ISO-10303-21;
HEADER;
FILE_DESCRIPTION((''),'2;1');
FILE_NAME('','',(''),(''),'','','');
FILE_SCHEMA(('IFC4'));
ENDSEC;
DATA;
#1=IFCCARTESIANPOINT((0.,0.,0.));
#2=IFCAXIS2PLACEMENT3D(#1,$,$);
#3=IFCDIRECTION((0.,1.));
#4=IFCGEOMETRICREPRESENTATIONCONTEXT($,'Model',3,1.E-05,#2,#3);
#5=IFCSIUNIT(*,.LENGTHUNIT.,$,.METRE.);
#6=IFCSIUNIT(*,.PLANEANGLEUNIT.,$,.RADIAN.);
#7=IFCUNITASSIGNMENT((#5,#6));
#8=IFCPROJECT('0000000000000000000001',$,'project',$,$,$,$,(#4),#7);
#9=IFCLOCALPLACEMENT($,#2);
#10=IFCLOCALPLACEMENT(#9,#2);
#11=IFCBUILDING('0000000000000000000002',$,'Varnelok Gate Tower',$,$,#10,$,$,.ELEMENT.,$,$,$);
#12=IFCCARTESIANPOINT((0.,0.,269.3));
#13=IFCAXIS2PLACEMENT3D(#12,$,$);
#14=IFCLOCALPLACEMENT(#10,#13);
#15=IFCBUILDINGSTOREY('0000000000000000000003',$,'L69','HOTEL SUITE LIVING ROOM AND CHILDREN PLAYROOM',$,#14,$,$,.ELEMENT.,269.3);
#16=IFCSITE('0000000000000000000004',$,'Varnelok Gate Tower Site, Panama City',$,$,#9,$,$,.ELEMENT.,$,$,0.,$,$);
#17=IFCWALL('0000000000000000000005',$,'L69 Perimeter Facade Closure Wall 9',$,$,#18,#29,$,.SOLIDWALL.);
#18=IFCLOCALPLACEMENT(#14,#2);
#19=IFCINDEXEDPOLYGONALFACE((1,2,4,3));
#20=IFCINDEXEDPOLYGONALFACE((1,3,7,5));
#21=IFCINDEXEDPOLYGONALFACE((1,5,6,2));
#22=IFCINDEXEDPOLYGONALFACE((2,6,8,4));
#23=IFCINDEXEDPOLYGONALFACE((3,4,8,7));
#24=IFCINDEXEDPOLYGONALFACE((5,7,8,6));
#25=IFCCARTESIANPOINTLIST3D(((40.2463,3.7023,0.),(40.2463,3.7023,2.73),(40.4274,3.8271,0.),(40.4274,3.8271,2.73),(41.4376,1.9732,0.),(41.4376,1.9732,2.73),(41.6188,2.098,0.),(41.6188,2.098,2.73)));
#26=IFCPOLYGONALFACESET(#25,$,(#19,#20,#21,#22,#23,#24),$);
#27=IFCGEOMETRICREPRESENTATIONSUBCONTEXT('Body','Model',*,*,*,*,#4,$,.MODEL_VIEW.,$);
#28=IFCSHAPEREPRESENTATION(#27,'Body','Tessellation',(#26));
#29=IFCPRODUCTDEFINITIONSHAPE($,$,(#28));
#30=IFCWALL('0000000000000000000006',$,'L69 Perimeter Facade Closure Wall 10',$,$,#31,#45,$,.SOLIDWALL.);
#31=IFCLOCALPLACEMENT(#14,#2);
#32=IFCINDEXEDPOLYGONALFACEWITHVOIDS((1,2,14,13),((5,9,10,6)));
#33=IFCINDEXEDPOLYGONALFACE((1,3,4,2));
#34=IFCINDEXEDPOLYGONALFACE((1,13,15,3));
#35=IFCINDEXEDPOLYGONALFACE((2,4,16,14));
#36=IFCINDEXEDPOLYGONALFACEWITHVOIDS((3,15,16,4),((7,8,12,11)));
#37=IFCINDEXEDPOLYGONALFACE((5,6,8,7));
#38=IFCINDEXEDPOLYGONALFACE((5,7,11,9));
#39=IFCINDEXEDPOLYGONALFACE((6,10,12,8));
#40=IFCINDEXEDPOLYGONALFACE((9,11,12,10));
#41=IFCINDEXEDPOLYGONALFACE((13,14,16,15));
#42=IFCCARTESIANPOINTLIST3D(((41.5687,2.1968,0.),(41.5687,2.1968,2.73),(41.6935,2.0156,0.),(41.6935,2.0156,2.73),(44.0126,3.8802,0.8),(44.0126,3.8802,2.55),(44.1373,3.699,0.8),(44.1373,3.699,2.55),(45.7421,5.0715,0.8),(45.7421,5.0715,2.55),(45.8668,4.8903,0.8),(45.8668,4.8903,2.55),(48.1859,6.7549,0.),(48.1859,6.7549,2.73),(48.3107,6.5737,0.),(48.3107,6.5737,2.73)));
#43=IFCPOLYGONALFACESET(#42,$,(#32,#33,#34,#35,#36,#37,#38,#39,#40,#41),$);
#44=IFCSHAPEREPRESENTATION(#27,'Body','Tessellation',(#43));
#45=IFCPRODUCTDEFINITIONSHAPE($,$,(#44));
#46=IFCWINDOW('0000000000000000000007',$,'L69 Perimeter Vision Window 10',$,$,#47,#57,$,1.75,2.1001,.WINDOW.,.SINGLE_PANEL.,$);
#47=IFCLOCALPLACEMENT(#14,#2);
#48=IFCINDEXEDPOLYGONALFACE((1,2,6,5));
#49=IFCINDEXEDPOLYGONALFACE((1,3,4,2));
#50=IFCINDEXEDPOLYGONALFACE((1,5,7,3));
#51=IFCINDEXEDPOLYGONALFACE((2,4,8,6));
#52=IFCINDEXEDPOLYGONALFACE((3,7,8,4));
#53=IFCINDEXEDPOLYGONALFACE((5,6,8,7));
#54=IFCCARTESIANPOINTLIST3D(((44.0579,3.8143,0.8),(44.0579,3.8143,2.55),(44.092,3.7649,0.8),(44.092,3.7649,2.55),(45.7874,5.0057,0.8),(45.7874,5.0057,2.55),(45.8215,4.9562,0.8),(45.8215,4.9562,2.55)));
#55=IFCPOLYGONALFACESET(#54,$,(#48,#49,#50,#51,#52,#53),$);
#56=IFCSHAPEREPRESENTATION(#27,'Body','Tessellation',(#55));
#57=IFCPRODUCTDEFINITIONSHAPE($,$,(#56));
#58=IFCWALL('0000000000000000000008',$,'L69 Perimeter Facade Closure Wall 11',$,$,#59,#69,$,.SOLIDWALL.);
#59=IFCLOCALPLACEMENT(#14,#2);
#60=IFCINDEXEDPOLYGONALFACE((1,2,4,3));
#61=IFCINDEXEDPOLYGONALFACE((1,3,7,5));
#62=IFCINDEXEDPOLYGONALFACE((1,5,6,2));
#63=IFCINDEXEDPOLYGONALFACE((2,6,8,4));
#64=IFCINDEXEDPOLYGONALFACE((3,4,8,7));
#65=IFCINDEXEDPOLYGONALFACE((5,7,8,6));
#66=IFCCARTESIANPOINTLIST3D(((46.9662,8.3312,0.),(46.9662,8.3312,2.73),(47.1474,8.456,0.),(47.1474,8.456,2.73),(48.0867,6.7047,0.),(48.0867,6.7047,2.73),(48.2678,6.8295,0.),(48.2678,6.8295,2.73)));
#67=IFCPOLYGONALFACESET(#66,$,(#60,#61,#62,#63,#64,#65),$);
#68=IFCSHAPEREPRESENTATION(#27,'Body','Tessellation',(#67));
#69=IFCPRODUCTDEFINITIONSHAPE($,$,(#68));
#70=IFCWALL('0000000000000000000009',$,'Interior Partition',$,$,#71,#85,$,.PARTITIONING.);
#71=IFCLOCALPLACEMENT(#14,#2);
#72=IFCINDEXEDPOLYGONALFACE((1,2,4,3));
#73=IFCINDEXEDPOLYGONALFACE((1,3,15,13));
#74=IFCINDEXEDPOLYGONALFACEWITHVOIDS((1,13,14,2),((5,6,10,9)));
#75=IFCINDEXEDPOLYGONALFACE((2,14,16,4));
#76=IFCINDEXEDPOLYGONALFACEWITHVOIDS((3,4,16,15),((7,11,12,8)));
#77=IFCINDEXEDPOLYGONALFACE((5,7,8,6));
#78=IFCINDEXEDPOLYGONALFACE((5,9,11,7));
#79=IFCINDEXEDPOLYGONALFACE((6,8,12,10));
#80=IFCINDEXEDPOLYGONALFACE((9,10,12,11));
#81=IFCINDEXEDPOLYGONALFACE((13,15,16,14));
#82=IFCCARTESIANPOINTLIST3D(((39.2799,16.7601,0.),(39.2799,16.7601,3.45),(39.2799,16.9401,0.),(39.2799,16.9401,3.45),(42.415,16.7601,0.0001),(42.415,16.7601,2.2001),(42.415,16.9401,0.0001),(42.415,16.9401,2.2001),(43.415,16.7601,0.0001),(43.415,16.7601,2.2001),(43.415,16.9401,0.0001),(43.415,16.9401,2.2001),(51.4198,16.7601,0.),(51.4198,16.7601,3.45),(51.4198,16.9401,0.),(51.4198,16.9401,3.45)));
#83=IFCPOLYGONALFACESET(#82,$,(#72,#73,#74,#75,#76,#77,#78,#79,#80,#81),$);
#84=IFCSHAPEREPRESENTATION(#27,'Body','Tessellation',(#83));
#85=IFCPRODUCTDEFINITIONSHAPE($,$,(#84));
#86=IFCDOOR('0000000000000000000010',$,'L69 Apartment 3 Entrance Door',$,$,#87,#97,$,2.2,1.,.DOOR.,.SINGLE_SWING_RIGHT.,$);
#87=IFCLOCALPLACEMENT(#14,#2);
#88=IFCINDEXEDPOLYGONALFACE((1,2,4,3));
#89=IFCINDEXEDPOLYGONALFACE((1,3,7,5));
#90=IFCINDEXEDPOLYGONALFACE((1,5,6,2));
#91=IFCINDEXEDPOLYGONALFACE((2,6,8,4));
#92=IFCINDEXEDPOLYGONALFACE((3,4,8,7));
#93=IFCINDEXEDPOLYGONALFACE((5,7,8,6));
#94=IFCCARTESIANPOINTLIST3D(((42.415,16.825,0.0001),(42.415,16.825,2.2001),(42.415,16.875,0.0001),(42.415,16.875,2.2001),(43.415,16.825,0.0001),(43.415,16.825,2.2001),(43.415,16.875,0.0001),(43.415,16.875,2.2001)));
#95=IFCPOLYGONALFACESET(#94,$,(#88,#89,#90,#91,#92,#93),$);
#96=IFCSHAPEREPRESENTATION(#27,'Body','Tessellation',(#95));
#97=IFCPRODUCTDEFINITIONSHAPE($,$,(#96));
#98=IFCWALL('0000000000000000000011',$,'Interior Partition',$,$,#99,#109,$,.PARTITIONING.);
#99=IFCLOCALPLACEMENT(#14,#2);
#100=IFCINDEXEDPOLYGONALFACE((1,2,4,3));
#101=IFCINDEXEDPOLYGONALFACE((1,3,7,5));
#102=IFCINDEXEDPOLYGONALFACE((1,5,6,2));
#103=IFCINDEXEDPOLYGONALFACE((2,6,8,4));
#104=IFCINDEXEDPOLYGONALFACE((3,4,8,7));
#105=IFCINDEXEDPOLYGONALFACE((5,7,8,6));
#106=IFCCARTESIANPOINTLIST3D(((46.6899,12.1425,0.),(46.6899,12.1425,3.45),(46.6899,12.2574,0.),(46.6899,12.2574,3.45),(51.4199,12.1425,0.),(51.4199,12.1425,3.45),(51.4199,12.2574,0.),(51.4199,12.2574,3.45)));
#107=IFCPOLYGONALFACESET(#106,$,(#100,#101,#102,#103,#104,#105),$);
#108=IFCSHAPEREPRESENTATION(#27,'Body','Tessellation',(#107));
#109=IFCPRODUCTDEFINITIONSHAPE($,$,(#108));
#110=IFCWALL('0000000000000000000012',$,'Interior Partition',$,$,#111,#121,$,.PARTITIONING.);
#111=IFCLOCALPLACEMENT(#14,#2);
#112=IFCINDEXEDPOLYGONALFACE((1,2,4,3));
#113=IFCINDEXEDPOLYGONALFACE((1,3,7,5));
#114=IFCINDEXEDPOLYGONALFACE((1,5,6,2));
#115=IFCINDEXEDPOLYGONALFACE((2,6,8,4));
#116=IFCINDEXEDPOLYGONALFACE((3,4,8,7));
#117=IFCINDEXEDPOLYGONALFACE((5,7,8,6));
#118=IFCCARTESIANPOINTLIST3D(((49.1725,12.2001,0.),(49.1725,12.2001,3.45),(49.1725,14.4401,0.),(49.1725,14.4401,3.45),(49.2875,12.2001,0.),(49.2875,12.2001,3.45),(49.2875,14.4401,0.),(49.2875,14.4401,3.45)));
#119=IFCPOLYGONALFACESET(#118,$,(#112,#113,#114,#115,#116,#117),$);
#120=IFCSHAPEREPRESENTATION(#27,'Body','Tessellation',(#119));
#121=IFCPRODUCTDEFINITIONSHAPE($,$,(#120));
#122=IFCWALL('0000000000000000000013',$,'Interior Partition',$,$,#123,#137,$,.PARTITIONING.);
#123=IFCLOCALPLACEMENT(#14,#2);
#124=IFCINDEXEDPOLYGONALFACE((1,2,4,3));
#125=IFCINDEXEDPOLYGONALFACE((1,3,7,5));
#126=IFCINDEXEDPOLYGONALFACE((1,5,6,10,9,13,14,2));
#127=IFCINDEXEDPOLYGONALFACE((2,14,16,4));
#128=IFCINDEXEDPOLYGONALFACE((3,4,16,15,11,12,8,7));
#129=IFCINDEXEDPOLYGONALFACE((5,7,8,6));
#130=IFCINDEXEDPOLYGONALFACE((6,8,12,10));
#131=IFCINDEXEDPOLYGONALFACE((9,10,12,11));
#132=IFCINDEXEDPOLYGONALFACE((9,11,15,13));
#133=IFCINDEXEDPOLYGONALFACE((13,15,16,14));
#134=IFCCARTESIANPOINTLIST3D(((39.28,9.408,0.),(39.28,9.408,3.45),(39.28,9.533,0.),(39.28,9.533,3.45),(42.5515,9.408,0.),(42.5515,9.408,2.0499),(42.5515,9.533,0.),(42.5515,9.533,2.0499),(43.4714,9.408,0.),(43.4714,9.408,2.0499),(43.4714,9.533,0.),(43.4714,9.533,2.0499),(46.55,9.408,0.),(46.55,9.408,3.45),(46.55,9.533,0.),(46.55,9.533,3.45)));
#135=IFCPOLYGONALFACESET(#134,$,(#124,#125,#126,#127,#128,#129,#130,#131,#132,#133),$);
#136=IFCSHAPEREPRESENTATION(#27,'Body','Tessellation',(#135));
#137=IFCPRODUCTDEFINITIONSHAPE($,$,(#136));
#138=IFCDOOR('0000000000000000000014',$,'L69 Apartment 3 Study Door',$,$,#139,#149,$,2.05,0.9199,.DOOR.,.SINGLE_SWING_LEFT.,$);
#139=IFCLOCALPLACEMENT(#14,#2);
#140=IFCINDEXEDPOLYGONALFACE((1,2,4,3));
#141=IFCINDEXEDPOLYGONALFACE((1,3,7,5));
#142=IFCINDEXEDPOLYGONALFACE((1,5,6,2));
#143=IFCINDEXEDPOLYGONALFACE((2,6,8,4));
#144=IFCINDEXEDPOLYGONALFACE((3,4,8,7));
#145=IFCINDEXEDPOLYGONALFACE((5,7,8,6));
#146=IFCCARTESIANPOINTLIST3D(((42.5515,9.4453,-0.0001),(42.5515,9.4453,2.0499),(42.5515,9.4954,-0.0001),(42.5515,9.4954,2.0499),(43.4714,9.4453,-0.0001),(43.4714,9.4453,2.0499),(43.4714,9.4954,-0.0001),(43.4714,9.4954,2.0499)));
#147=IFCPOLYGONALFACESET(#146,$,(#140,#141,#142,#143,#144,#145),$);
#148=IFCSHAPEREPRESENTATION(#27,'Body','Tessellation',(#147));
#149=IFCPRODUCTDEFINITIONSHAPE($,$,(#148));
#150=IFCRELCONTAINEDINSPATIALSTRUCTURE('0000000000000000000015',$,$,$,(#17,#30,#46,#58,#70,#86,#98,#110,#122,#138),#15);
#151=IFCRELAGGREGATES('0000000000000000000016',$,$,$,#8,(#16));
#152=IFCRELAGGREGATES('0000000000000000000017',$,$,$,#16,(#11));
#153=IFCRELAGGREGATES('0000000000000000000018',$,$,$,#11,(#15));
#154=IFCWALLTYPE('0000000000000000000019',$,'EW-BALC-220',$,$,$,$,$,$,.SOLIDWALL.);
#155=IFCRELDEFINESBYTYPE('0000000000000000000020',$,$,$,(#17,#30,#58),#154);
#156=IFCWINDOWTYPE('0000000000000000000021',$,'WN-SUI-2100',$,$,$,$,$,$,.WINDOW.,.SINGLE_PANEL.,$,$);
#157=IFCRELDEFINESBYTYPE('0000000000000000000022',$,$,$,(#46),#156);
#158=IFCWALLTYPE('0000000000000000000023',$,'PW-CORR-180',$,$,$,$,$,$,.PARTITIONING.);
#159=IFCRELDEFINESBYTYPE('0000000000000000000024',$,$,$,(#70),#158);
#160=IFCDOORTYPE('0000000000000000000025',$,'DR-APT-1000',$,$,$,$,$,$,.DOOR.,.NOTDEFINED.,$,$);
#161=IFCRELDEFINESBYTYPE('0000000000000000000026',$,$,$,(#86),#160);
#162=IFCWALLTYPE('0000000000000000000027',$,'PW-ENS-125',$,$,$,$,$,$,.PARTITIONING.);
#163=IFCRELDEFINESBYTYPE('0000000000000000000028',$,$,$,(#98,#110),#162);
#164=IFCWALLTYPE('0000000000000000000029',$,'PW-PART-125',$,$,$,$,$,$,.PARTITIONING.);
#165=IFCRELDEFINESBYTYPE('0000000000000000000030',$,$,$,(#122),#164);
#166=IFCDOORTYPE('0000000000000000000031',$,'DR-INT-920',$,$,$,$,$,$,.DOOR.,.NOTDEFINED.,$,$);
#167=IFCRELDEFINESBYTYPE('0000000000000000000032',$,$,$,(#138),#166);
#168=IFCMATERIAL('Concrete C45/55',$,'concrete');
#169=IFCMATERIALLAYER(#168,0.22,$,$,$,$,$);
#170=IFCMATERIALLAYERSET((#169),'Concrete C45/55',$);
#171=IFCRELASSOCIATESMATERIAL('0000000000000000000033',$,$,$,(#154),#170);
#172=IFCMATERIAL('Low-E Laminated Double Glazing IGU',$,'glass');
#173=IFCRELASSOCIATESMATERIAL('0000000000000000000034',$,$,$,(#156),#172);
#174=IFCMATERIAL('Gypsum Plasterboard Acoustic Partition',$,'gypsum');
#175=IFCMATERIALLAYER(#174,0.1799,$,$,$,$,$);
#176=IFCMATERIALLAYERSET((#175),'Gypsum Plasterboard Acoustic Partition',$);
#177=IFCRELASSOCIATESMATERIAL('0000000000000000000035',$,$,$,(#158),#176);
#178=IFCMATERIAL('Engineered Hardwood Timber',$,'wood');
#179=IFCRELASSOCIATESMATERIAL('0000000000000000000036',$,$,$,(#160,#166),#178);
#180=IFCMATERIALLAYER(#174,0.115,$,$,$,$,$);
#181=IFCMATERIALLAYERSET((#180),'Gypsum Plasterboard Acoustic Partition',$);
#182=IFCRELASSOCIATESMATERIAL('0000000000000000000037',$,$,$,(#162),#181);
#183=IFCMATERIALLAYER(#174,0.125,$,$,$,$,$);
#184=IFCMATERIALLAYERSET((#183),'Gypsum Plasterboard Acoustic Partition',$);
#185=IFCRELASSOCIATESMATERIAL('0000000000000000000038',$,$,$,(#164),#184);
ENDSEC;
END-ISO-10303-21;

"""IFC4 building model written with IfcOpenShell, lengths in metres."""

from ifc_helpers import new_model, si_unit, direction, frame, frame_2d, origin, place, context, subcontext, project, spatial, rectangle, extrude, material, layer, layer_set, type_object, element, fill, save


model = new_model("IFC4")

# Units and contexts
model_context = context("Model", 3, precision=1e-05, world=origin(), true_north=direction((0.0, 1.0)))
body_context = subcontext(model_context, "Body", "Model", "MODEL_VIEW")
ifc_project = project(units=[si_unit("LENGTHUNIT", "METRE"), si_unit("PLANEANGLEUNIT", "RADIAN")], contexts=[model_context])

# Site, building, storey
site_placement = place(None, origin())
site = spatial("IfcSite", under=ifc_project, at=site_placement, Name="Varnelok Gate Tower Site, Panama City", CompositionType="ELEMENT", RefElevation=0.0)
building_placement = place(site_placement, origin())
building = spatial("IfcBuilding", under=site, at=building_placement, Name="Varnelok Gate Tower", CompositionType="ELEMENT")
storey_placement = place(building_placement, frame((0.0, 0.0, 269.3)))
storey = spatial("IfcBuildingStorey", under=building, at=storey_placement, Name="L69", Description="HOTEL SUITE LIVING ROOM AND CHILDREN PLAYROOM", CompositionType="ELEMENT", Elevation=269.3)

# Shared definitions
ifc_material_1 = material(Name="Concrete C45/55", Category="concrete")
ifc_layer_1 = layer(ifc_material_1, 0.22)
ifc_layer_set_1 = layer_set([ifc_layer_1], Name="Concrete C45/55")
wall_type_1 = type_object("IfcWallType", Name="EW-BALC-220", PredefinedType="SOLIDWALL", material=ifc_layer_set_1)

# Wall
wall_1_placement = place(storey_placement, frame((40.3369, 3.7646, 0.0), z_axis=(0.0, 0.0, 1.0), x_axis=(0.567353, -0.823475, 0.0)))
element("IfcWall", 1, at=wall_1_placement, inside=storey, type_object=wall_type_1, Name="L69 Perimeter Facade Closure Wall 9", PredefinedType="SOLIDWALL", context=body_context, shape_type="SweptSolid", body=[
    extrude(rectangle(XDim=2.0999, YDim=0.22, at=frame_2d((1.0498, 0.0))), origin(), (0.0, 0.0, 1.0), 2.73),
])

# Wall, opening, window
wall_2_placement = place(storey_placement, frame((41.6311, 2.1062, 0.0), z_axis=(0.0, 0.0, 1.0), x_axis=(0.823531, 0.567271, 0.0)))
wall_2 = element("IfcWall", 2, at=wall_2_placement, inside=storey, type_object=wall_type_1, Name="L69 Perimeter Facade Closure Wall 10", PredefinedType="SOLIDWALL", context=body_context, shape_type="SweptSolid", body=[
    extrude(rectangle(XDim=8.0352, YDim=0.22, at=frame_2d((4.0176, 0.0))), origin(), (0.0, 0.0, 1.0), 2.73),
])
opening_1_placement = place(wall_2_placement, frame((2.9675, 0.0, 0.8)))
opening_1 = element("IfcOpeningElement", 3, at=opening_1_placement, cuts=wall_2, PredefinedType="OPENING", context=body_context, shape_type="SweptSolid", body=[
    extrude(rectangle(XDim=2.1001, YDim=1.75, at=frame_2d((1.05, 0.875))), frame((0.0, 0.1199, 0.0), z_axis=(0.0, -1.0, 0.0), x_axis=(1.0, 0.0, 0.0)), (0.0, 0.0, 1.0), 0.24),
])
ifc_material_2 = material(Name="Low-E Laminated Double Glazing IGU", Category="glass")
window_type = type_object("IfcWindowType", Name="WN-SUI-2100", PartitioningType="SINGLE_PANEL", PredefinedType="WINDOW", material=ifc_material_2)
window_placement = place(opening_1_placement, origin())
window = element("IfcWindow", 4, at=window_placement, inside=storey, type_object=window_type, Name="L69 Perimeter Vision Window 10", OverallHeight=1.75, OverallWidth=2.1001, PartitioningType="SINGLE_PANEL", PredefinedType="WINDOW", context=body_context, shape_type="SweptSolid", body=[
    extrude(rectangle(XDim=2.1001, YDim=1.75, at=frame_2d((1.05, 0.875))), frame((0.0, 0.03, 0.0), z_axis=(0.0, -1.0, 0.0), x_axis=(1.0, 0.0, 0.0)), (0.0, 0.0, 1.0), 0.0601),
])
fill(opening_1, window)

# Wall
wall_3_placement = place(storey_placement, frame((48.1772, 6.7671, 0.0), z_axis=(0.0, 0.0, 1.0), x_axis=(-0.567274, 0.823529, 0.0)))
element("IfcWall", 5, at=wall_3_placement, inside=storey, type_object=wall_type_1, Name="L69 Perimeter Facade Closure Wall 11", PredefinedType="SOLIDWALL", context=body_context, shape_type="SweptSolid", body=[
    extrude(rectangle(XDim=1.9751, YDim=0.22, at=frame_2d((0.9875, 0.0))), origin(), (0.0, 0.0, 1.0), 2.73),
])

# Wall, opening, door
ifc_material_3 = material(Name="Gypsum Plasterboard Acoustic Partition", Category="gypsum")
ifc_layer_2 = layer(ifc_material_3, 0.1799)
ifc_layer_set_2 = layer_set([ifc_layer_2], Name="Gypsum Plasterboard Acoustic Partition")
wall_type_2 = type_object("IfcWallType", Name="PW-CORR-180", PredefinedType="PARTITIONING", material=ifc_layer_set_2)
wall_4_placement = place(storey_placement, frame((39.28, 16.8501, 0.0), z_axis=(0.0, 0.0, 1.0), x_axis=(1.0, 0.0, 0.0)))
wall_4 = element("IfcWall", 6, at=wall_4_placement, inside=storey, type_object=wall_type_2, Name="Interior Partition", PredefinedType="PARTITIONING", context=body_context, shape_type="SweptSolid", body=[
    extrude(rectangle(XDim=12.1399, YDim=0.1799, at=frame_2d((6.0698, 0.0))), origin(), (0.0, 0.0, 1.0), 3.45),
])
opening_2_placement = place(wall_4_placement, frame((3.135, 0.0, 0.0)))
opening_2 = element("IfcOpeningElement", 7, at=opening_2_placement, cuts=wall_4, PredefinedType="OPENING", context=body_context, shape_type="SweptSolid", body=[
    extrude(rectangle(XDim=1.0, YDim=2.2, at=frame_2d((0.5, 1.1001))), frame((0.0, 0.0999, 0.0), z_axis=(0.0, -1.0, 0.0), x_axis=(1.0, 0.0, 0.0)), (0.0, 0.0, 1.0), 0.2),
])
ifc_material_4 = material(Name="Engineered Hardwood Timber", Category="wood")
door_type_1 = type_object("IfcDoorType", Name="DR-APT-1000", OperationType="NOTDEFINED", PredefinedType="DOOR", material=ifc_material_4)
door_1_placement = place(opening_2_placement, origin())
door_1 = element("IfcDoor", 8, at=door_1_placement, inside=storey, type_object=door_type_1, Name="L69 Apartment 3 Entrance Door", OperationType="SINGLE_SWING_RIGHT", OverallHeight=2.2, OverallWidth=1.0, PredefinedType="DOOR", context=body_context, shape_type="SweptSolid", body=[
    extrude(rectangle(XDim=1.0, YDim=2.2, at=frame_2d((0.5, 1.1001))), frame((0.0, 0.0249, 0.0), z_axis=(0.0, -1.0, 0.0), x_axis=(1.0, 0.0, 0.0)), (0.0, 0.0, 1.0), 0.05),
])
fill(opening_2, door_1)

# Walls
ifc_layer_3 = layer(ifc_material_3, 0.115)
ifc_layer_set_3 = layer_set([ifc_layer_3], Name="Gypsum Plasterboard Acoustic Partition")
wall_type_3 = type_object("IfcWallType", Name="PW-ENS-125", PredefinedType="PARTITIONING", material=ifc_layer_set_3)
wall_5_placement = place(storey_placement, frame((46.6899, 12.2, 0.0), z_axis=(0.0, 0.0, 1.0), x_axis=(1.0, 0.0, 0.0)))
element("IfcWall", 9, at=wall_5_placement, inside=storey, type_object=wall_type_3, Name="Interior Partition", PredefinedType="PARTITIONING", context=body_context, shape_type="SweptSolid", body=[
    extrude(rectangle(XDim=4.73, YDim=0.115, at=frame_2d((2.365, 0.0))), origin(), (0.0, 0.0, 1.0), 3.45),
])
wall_6_placement = place(storey_placement, frame((49.23, 12.2, 0.0), z_axis=(0.0, 0.0, 1.0), x_axis=(0.0, 1.0, 0.0)))
element("IfcWall", 10, at=wall_6_placement, inside=storey, type_object=wall_type_3, Name="Interior Partition", PredefinedType="PARTITIONING", context=body_context, shape_type="SweptSolid", body=[
    extrude(rectangle(XDim=2.24, YDim=0.115, at=frame_2d((1.1201, 0.0))), origin(), (0.0, 0.0, 1.0), 3.45),
])

# Wall, opening, door
ifc_layer_4 = layer(ifc_material_3, 0.125)
ifc_layer_set_4 = layer_set([ifc_layer_4], Name="Gypsum Plasterboard Acoustic Partition")
wall_type_4 = type_object("IfcWallType", Name="PW-PART-125", PredefinedType="PARTITIONING", material=ifc_layer_set_4)
wall_7_placement = place(storey_placement, frame((39.28, 9.4705, 0.0), z_axis=(0.0, 0.0, 1.0), x_axis=(1.0, 0.0, 0.0)))
wall_7 = element("IfcWall", 11, at=wall_7_placement, inside=storey, type_object=wall_type_4, Name="Interior Partition", PredefinedType="PARTITIONING", context=body_context, shape_type="SweptSolid", body=[
    extrude(rectangle(XDim=7.27, YDim=0.125, at=frame_2d((3.635, 0.0))), origin(), (0.0, 0.0, 1.0), 3.45),
])
opening_3_placement = place(wall_7_placement, frame((3.2715, 0.0, 0.0)))
opening_3 = element("IfcOpeningElement", 12, at=opening_3_placement, cuts=wall_7, PredefinedType="OPENING", context=body_context, shape_type="SweptSolid", body=[
    extrude(rectangle(XDim=0.9199, YDim=2.05, at=frame_2d((0.46, 1.0249))), frame((0.0, 0.0725, 0.0), z_axis=(0.0, -1.0, 0.0), x_axis=(1.0, 0.0, 0.0)), (0.0, 0.0, 1.0), 0.145),
])
door_type_2 = type_object("IfcDoorType", Name="DR-INT-920", OperationType="NOTDEFINED", PredefinedType="DOOR", material=ifc_material_4)
door_2_placement = place(opening_3_placement, origin())
door_2 = element("IfcDoor", 13, at=door_2_placement, inside=storey, type_object=door_type_2, Name="L69 Apartment 3 Study Door", OperationType="SINGLE_SWING_LEFT", OverallHeight=2.05, OverallWidth=0.9199, PredefinedType="DOOR", context=body_context, shape_type="SweptSolid", body=[
    extrude(rectangle(XDim=0.9199, YDim=2.05, at=frame_2d((0.46, 1.0249))), frame((0.0, 0.0249, 0.0), z_axis=(0.0, -1.0, 0.0), x_axis=(1.0, 0.0, 0.0)), (0.0, 0.0, 1.0), 0.05),
])
fill(opening_3, door_2)

save(model, "model.ifc")
